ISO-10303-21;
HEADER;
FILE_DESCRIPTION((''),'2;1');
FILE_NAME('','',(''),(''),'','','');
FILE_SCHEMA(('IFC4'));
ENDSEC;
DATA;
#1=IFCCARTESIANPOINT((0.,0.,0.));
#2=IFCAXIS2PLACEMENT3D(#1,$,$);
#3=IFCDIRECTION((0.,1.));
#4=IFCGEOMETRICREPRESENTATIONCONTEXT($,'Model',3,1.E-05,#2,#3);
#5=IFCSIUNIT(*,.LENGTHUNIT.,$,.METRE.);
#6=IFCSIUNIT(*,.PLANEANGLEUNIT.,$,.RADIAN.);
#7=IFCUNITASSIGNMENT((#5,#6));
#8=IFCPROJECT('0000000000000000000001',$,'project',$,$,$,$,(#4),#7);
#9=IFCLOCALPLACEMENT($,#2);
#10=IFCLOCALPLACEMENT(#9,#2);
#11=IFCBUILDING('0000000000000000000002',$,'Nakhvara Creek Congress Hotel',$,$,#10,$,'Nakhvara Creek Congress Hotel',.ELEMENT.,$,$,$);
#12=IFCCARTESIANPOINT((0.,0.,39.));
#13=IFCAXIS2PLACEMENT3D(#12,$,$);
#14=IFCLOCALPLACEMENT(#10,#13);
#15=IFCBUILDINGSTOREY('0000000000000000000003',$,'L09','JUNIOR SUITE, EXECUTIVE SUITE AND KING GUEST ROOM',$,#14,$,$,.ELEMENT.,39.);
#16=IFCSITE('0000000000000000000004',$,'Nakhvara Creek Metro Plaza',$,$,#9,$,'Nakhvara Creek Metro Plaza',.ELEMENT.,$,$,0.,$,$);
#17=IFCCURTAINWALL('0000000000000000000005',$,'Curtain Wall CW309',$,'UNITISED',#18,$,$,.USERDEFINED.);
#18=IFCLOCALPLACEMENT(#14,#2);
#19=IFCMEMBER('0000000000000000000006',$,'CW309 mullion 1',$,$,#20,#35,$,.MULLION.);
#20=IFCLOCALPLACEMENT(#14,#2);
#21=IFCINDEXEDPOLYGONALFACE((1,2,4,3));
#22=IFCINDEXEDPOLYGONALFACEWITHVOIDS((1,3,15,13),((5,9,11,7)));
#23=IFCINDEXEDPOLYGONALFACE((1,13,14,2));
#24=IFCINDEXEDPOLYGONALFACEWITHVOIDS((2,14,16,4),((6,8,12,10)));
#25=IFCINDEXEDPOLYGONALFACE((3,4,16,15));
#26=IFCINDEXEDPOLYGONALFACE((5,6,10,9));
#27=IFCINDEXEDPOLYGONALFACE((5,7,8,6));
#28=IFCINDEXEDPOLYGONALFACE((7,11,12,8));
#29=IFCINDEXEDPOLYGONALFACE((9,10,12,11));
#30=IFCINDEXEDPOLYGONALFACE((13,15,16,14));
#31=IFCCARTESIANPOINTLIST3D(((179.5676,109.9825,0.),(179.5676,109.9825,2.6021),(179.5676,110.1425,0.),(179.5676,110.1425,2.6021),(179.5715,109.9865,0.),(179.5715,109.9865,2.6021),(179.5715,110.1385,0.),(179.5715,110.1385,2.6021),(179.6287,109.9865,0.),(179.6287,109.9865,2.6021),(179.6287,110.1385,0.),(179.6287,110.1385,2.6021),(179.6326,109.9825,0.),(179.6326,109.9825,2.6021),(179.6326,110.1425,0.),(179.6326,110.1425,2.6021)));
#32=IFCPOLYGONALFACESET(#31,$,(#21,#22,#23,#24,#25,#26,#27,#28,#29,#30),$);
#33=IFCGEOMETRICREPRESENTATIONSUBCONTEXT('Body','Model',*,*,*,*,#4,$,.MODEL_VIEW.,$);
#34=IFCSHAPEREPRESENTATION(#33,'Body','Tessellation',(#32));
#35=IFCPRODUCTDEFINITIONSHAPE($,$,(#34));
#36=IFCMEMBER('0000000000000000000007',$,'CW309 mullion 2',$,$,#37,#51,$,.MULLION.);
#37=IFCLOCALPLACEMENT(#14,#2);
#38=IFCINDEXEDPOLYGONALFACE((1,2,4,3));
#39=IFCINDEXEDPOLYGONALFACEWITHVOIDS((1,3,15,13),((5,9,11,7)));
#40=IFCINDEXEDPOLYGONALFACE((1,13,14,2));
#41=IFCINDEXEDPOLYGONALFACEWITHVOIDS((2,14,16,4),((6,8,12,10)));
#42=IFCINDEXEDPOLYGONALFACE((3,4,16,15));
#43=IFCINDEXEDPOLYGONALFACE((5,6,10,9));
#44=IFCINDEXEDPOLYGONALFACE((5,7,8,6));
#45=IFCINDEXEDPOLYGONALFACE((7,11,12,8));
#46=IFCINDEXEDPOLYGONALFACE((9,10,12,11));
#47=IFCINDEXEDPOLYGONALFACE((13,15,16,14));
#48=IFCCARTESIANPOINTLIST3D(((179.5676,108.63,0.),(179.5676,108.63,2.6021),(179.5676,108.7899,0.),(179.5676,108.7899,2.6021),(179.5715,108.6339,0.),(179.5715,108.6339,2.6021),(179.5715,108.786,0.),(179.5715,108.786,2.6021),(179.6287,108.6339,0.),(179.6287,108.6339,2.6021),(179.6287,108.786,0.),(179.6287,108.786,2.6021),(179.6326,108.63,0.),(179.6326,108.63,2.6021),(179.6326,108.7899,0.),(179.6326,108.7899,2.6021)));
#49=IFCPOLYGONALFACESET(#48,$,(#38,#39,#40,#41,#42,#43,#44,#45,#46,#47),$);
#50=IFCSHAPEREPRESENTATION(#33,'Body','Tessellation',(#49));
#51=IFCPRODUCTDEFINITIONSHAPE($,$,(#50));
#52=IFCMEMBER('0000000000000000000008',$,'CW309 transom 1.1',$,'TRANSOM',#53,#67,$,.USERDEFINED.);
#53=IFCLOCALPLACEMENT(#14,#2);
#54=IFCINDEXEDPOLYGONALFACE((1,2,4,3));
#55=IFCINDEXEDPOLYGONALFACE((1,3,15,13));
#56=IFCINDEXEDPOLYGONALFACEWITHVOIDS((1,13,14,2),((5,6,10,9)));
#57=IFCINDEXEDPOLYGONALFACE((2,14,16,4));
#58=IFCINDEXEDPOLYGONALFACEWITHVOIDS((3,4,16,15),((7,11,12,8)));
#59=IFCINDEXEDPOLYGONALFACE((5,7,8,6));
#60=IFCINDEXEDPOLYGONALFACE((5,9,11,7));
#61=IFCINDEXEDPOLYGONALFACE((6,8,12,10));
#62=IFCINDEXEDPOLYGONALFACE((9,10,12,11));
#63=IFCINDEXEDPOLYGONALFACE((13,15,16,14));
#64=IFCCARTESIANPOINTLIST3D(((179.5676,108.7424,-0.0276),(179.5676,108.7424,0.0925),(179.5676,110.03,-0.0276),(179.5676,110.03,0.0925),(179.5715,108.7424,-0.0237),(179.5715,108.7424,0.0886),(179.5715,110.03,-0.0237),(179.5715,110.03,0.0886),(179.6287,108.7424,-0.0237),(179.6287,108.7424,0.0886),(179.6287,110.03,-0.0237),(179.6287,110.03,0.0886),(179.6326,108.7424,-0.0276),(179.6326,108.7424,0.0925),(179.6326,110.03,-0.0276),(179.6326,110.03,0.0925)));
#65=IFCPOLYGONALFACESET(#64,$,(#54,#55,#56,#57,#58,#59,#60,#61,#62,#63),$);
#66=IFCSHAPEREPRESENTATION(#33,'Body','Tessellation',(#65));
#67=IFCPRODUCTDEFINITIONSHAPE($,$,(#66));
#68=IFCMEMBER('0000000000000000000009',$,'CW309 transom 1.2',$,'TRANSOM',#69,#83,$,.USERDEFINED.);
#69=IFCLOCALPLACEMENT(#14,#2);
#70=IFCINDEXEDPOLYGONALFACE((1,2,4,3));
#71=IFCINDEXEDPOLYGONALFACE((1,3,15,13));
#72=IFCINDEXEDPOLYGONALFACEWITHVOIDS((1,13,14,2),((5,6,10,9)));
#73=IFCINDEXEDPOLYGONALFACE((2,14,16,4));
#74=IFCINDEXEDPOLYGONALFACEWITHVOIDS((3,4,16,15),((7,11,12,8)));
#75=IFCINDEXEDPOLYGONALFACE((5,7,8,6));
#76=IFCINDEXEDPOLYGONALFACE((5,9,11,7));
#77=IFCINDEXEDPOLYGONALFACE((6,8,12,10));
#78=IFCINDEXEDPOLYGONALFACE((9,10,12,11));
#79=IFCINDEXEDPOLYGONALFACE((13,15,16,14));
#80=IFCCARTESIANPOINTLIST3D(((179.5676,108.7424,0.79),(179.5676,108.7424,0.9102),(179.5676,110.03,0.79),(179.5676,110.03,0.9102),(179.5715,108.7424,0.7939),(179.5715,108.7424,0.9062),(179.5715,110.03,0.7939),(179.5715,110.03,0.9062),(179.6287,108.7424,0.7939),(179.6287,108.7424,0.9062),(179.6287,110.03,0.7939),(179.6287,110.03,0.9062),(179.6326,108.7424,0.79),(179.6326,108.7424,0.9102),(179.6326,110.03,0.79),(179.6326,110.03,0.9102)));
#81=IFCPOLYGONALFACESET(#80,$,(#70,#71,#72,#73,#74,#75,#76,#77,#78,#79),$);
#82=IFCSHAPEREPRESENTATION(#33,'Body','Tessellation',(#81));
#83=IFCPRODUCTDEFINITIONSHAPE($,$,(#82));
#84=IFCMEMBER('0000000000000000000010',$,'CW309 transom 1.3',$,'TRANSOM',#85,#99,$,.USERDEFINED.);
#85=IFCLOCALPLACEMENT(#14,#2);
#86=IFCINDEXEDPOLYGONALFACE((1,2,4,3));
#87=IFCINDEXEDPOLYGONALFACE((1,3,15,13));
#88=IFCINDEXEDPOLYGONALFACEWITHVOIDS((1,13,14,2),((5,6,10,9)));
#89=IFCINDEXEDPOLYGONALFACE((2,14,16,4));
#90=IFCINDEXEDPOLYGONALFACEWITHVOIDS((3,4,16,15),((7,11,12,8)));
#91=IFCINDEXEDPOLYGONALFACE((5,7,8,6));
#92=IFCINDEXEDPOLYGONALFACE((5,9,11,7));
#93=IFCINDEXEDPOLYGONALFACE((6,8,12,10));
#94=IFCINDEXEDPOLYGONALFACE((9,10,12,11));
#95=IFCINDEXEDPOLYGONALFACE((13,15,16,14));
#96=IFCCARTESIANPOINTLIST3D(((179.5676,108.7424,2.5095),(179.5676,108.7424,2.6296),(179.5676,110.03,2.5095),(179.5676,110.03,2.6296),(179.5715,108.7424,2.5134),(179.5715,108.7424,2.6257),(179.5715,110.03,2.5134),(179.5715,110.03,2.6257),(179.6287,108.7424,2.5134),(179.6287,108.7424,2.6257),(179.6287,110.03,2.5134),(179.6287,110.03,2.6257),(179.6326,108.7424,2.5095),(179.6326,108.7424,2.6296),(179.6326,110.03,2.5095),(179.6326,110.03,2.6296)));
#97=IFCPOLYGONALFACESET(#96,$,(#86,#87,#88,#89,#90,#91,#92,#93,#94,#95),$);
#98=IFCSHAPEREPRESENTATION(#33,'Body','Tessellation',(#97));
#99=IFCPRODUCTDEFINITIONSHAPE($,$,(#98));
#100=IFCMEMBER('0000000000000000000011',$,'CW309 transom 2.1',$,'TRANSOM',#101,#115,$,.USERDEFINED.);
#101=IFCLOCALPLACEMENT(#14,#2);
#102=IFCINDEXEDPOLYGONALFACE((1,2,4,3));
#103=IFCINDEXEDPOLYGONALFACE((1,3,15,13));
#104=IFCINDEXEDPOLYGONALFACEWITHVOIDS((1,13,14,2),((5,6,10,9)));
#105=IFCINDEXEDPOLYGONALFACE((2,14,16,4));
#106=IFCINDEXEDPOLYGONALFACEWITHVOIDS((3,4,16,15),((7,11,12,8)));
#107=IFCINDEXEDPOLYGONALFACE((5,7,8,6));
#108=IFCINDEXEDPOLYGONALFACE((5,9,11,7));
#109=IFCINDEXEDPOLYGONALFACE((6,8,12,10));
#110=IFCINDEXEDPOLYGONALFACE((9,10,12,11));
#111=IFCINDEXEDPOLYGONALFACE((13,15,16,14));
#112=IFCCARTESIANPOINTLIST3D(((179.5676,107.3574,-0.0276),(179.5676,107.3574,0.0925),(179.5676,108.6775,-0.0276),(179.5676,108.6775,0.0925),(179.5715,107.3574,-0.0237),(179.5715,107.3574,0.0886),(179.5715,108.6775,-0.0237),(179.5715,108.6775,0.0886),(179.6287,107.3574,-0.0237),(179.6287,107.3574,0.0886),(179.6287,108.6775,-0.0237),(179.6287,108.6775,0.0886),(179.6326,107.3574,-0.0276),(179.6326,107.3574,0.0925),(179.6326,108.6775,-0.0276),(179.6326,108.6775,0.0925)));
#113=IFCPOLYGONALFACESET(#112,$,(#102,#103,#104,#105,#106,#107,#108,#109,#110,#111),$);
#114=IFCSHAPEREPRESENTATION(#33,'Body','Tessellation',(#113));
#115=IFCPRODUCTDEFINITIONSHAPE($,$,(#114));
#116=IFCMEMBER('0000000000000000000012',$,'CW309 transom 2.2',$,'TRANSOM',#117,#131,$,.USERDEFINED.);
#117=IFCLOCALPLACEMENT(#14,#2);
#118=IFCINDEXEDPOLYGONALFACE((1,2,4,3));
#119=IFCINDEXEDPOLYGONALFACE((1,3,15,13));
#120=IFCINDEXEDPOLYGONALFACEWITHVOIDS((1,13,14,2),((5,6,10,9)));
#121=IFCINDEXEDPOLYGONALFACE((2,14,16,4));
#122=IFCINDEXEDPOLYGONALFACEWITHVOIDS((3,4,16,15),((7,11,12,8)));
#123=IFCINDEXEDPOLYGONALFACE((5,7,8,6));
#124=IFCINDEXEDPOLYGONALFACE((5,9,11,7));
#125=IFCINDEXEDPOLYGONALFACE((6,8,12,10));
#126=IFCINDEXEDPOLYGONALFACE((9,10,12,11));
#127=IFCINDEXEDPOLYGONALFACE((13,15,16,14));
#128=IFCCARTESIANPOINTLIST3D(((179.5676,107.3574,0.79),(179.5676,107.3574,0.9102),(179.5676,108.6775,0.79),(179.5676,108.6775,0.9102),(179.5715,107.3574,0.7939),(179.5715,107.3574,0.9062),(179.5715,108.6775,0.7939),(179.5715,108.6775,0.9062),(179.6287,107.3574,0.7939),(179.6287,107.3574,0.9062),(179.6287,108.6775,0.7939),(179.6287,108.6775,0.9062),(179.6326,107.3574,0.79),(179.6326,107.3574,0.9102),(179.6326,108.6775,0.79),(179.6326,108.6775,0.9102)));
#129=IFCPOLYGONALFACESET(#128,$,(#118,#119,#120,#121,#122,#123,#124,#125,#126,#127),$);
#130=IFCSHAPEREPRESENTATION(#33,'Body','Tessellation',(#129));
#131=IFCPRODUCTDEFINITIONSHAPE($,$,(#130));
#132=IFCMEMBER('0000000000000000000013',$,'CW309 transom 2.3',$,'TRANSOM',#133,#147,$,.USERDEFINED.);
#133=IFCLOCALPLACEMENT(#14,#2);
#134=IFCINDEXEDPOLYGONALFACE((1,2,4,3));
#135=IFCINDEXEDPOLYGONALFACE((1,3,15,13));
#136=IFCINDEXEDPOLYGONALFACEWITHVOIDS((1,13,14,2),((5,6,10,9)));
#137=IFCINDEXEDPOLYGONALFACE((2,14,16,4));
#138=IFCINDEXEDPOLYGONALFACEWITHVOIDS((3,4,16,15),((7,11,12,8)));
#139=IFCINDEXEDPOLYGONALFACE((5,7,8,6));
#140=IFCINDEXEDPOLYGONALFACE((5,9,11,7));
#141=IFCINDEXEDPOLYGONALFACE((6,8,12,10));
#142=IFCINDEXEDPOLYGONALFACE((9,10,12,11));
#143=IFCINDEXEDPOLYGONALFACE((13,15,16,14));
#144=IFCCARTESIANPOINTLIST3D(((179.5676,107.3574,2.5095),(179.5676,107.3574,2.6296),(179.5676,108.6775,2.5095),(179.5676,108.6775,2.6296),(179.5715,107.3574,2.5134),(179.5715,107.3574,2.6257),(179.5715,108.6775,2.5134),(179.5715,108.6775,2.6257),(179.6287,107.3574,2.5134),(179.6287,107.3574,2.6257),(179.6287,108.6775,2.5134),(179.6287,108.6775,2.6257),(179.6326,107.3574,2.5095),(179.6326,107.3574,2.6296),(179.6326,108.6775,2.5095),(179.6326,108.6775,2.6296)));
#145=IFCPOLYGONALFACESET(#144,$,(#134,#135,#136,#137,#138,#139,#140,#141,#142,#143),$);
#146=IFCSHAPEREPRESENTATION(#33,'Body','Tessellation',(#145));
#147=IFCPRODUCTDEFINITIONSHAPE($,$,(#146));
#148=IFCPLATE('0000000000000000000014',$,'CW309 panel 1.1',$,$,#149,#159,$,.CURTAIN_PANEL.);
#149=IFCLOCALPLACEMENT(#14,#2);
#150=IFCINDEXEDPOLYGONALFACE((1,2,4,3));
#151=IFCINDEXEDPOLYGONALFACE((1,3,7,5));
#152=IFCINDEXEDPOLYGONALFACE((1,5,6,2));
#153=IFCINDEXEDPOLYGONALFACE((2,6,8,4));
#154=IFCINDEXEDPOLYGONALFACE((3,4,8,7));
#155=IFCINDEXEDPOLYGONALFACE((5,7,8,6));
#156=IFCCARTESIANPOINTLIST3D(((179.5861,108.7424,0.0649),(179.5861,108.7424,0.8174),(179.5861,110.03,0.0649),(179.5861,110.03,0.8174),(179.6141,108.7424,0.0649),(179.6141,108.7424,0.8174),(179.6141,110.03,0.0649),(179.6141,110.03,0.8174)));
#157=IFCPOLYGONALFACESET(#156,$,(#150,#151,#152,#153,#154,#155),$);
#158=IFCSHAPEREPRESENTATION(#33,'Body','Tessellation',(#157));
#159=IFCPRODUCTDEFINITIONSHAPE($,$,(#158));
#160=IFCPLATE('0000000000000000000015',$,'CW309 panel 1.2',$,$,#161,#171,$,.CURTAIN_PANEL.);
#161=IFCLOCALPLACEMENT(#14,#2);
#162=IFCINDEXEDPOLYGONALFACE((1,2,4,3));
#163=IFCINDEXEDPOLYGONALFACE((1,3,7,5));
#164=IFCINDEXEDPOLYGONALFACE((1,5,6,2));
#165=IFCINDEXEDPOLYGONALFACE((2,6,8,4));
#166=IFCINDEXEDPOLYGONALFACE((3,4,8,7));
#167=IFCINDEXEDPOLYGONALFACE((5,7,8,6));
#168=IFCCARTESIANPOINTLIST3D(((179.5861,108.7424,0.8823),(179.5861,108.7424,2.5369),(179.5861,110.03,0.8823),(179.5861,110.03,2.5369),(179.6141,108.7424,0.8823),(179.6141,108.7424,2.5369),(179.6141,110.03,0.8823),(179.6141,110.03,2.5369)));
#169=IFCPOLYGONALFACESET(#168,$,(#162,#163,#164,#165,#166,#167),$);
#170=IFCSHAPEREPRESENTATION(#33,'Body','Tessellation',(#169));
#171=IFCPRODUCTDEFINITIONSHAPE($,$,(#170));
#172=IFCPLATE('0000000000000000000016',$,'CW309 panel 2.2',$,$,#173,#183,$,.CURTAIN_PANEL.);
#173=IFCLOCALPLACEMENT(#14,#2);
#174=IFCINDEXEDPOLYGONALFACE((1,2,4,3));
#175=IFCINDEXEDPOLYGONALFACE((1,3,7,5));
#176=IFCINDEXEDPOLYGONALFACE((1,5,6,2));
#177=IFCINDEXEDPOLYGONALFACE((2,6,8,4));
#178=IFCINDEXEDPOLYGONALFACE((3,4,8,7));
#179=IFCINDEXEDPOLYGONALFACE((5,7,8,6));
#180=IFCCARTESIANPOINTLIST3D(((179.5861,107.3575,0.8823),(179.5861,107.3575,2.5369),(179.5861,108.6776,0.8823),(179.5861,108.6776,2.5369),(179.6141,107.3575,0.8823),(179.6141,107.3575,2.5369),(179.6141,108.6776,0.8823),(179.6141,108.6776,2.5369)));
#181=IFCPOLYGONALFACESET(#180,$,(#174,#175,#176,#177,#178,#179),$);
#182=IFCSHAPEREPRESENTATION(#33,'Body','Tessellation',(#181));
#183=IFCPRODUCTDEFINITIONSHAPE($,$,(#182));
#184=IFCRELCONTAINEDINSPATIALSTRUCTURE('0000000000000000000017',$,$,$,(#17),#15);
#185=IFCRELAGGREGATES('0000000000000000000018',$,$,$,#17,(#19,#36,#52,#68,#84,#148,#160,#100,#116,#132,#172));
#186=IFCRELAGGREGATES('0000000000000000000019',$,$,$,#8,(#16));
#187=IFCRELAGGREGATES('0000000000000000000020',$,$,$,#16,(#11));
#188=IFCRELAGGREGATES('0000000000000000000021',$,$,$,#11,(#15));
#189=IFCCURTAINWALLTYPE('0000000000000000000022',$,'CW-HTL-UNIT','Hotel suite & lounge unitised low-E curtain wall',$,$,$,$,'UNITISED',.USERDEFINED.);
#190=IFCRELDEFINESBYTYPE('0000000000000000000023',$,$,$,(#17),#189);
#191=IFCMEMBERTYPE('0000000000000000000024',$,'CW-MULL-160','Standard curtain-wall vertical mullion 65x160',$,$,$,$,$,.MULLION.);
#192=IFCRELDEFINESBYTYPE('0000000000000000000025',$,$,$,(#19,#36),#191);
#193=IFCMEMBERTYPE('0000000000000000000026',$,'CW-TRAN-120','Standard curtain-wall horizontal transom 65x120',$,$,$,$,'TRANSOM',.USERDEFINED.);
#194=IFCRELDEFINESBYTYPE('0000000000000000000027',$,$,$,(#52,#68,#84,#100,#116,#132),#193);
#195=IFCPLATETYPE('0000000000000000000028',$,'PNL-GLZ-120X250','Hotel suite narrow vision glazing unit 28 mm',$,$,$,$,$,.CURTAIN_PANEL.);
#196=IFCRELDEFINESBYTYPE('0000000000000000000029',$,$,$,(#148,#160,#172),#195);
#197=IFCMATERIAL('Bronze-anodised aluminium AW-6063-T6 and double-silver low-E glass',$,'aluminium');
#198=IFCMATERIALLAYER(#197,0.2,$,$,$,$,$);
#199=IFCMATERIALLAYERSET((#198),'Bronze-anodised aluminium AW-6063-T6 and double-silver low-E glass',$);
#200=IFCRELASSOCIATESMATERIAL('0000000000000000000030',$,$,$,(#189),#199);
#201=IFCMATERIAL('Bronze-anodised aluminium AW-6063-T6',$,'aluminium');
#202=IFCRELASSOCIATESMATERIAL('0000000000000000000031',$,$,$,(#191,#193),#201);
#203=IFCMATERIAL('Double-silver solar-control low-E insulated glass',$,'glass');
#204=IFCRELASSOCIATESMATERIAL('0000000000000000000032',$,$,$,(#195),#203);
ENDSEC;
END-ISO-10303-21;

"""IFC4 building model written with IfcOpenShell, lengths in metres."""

from ifc_helpers import new_model, si_unit, direction, frame, origin, origin_2d, place, context, subcontext, project, spatial, rectangle, hollow_rectangle, extrude, material, layer, layer_set, material_profile, profile_set, type_object, element, aggregate, save


model = new_model("IFC4")

# Units and contexts
model_context = context("Model", 3, precision=1e-05, world=origin(), true_north=direction((0.0, 1.0)))
body_context = subcontext(model_context, "Body", "Model", "MODEL_VIEW")
ifc_project = project(units=[si_unit("LENGTHUNIT", "METRE"), si_unit("PLANEANGLEUNIT", "RADIAN")], contexts=[model_context])

# Site, building, storey
site_placement = place(None, origin())
site = spatial("IfcSite", under=ifc_project, at=site_placement, Name="Nakhvara Creek Metro Plaza", LongName="Nakhvara Creek Metro Plaza", CompositionType="ELEMENT", RefElevation=0.0)
building_placement = place(site_placement, origin())
building = spatial("IfcBuilding", under=site, at=building_placement, Name="Nakhvara Creek Congress Hotel", LongName="Nakhvara Creek Congress Hotel", CompositionType="ELEMENT")
storey_placement = place(building_placement, frame((0.0, 0.0, 39.0)))
storey = spatial("IfcBuildingStorey", under=building, at=storey_placement, Name="L09", Description="JUNIOR SUITE, EXECUTIVE SUITE AND KING GUEST ROOM", CompositionType="ELEMENT", Elevation=39.0)

# Curtain wall, members, plates
ifc_material_1 = material(Name="Bronze-anodised aluminium AW-6063-T6 and double-silver low-E glass", Category="aluminium")
ifc_layer_1 = layer(ifc_material_1, 0.2)
ifc_layer_set_1 = layer_set([ifc_layer_1], Name="Bronze-anodised aluminium AW-6063-T6 and double-silver low-E glass")
curtain_wall_type = type_object("IfcCurtainWallType", Name="CW-HTL-UNIT", Description="Hotel suite & lounge unitised low-E curtain wall", ElementType="UNITISED", PredefinedType="USERDEFINED", material=ifc_layer_set_1)
curtain_wall_placement = place(storey_placement, origin())
curtain_wall = element("IfcCurtainWall", 1, at=curtain_wall_placement, inside=storey, type_object=curtain_wall_type, Name="Curtain Wall CW309", ObjectType="UNITISED", PredefinedType="USERDEFINED")
ifc_material_2 = material(Name="Bronze-anodised aluminium AW-6063-T6", Category="aluminium")
ifc_material_profile_1 = material_profile(ifc_material_2, hollow_rectangle(XDim=0.0649, YDim=0.1599, WallThickness=0.0039, at=origin_2d()), Name="ALU-MULL 65x160x4", Category="LoadBearing")
ifc_profile_set_1 = profile_set([ifc_material_profile_1], Name="Bronze-anodised aluminium AW-6063-T6")
member_type_1 = type_object("IfcMemberType", Name="CW-MULL-160", Description="Standard curtain-wall vertical mullion 65x160", PredefinedType="MULLION", material=ifc_profile_set_1)
member_1_placement = place(storey_placement, frame((179.6001, 110.0625, 0.0), z_axis=(0.0, 0.0, 1.0), x_axis=(1.0, 0.0, 0.0)))
member_1 = element("IfcMember", 2, at=member_1_placement, type_object=member_type_1, Name="CW309 mullion 1", PredefinedType="MULLION", context=body_context, shape_type="SweptSolid", body=[
    extrude(hollow_rectangle(XDim=0.0649, YDim=0.1599, WallThickness=0.0039, at=origin_2d()), origin(), (0.0, 0.0, 1.0), 2.6021),
])
member_2_placement = place(storey_placement, frame((179.6001, 108.71, 0.0), z_axis=(0.0, 0.0, 1.0), x_axis=(1.0, 0.0, 0.0)))
member_2 = element("IfcMember", 3, at=member_2_placement, type_object=member_type_1, Name="CW309 mullion 2", PredefinedType="MULLION", context=body_context, shape_type="SweptSolid", body=[
    extrude(hollow_rectangle(XDim=0.0649, YDim=0.1599, WallThickness=0.0039, at=origin_2d()), origin(), (0.0, 0.0, 1.0), 2.6021),
])
ifc_material_profile_2 = material_profile(ifc_material_2, hollow_rectangle(XDim=0.0649, YDim=0.1201, WallThickness=0.0039, at=origin_2d()), Name="ALU-TRAN 65x120x4", Category="LoadBearing")
ifc_profile_set_2 = profile_set([ifc_material_profile_2], Name="Bronze-anodised aluminium AW-6063-T6")
member_type_2 = type_object("IfcMemberType", Name="CW-TRAN-120", Description="Standard curtain-wall horizontal transom 65x120", ElementType="TRANSOM", PredefinedType="USERDEFINED", material=ifc_profile_set_2)
member_3_placement = place(storey_placement, frame((179.6001, 110.03, 0.0325), z_axis=(0.0, -1.0, 0.0), x_axis=(1.0, 0.0, 0.0)))
member_3 = element("IfcMember", 4, at=member_3_placement, type_object=member_type_2, Name="CW309 transom 1.1", ObjectType="TRANSOM", PredefinedType="USERDEFINED", context=body_context, shape_type="SweptSolid", body=[
    extrude(hollow_rectangle(XDim=0.0649, YDim=0.1201, WallThickness=0.0039, at=origin_2d()), origin(), (0.0, 0.0, 1.0), 1.2876),
])
member_4_placement = place(storey_placement, frame((179.6001, 110.03, 0.8501), z_axis=(0.0, -1.0, 0.0), x_axis=(1.0, 0.0, 0.0)))
member_4 = element("IfcMember", 5, at=member_4_placement, type_object=member_type_2, Name="CW309 transom 1.2", ObjectType="TRANSOM", PredefinedType="USERDEFINED", context=body_context, shape_type="SweptSolid", body=[
    extrude(hollow_rectangle(XDim=0.0649, YDim=0.1201, WallThickness=0.0039, at=origin_2d()), origin(), (0.0, 0.0, 1.0), 1.2876),
])
member_5_placement = place(storey_placement, frame((179.6001, 110.03, 2.5696), z_axis=(0.0, -1.0, 0.0), x_axis=(1.0, 0.0, 0.0)))
member_5 = element("IfcMember", 6, at=member_5_placement, type_object=member_type_2, Name="CW309 transom 1.3", ObjectType="TRANSOM", PredefinedType="USERDEFINED", context=body_context, shape_type="SweptSolid", body=[
    extrude(hollow_rectangle(XDim=0.0649, YDim=0.1201, WallThickness=0.0039, at=origin_2d()), origin(), (0.0, 0.0, 1.0), 1.2876),
])
member_6_placement = place(storey_placement, frame((179.6001, 108.6775, 0.0325), z_axis=(0.0, -1.0, 0.0), x_axis=(1.0, 0.0, 0.0)))
member_6 = element("IfcMember", 7, at=member_6_placement, type_object=member_type_2, Name="CW309 transom 2.1", ObjectType="TRANSOM", PredefinedType="USERDEFINED", context=body_context, shape_type="SweptSolid", body=[
    extrude(hollow_rectangle(XDim=0.0649, YDim=0.1201, WallThickness=0.0039, at=origin_2d()), origin(), (0.0, 0.0, 1.0), 1.3201),
])
member_7_placement = place(storey_placement, frame((179.6001, 108.6775, 0.8501), z_axis=(0.0, -1.0, 0.0), x_axis=(1.0, 0.0, 0.0)))
member_7 = element("IfcMember", 8, at=member_7_placement, type_object=member_type_2, Name="CW309 transom 2.2", ObjectType="TRANSOM", PredefinedType="USERDEFINED", context=body_context, shape_type="SweptSolid", body=[
    extrude(hollow_rectangle(XDim=0.0649, YDim=0.1201, WallThickness=0.0039, at=origin_2d()), origin(), (0.0, 0.0, 1.0), 1.3201),
])
member_8_placement = place(storey_placement, frame((179.6001, 108.6775, 2.5696), z_axis=(0.0, -1.0, 0.0), x_axis=(1.0, 0.0, 0.0)))
member_8 = element("IfcMember", 9, at=member_8_placement, type_object=member_type_2, Name="CW309 transom 2.3", ObjectType="TRANSOM", PredefinedType="USERDEFINED", context=body_context, shape_type="SweptSolid", body=[
    extrude(hollow_rectangle(XDim=0.0649, YDim=0.1201, WallThickness=0.0039, at=origin_2d()), origin(), (0.0, 0.0, 1.0), 1.3201),
])
ifc_material_3 = material(Name="Double-silver solar-control low-E insulated glass", Category="glass")
plate_type = type_object("IfcPlateType", Name="PNL-GLZ-120X250", Description="Hotel suite narrow vision glazing unit 28 mm", PredefinedType="CURTAIN_PANEL", material=ifc_material_3)
plate_1_placement = place(storey_placement, frame((179.6001, 109.3862, 0.0649), z_axis=(0.0, 0.0, 1.0), x_axis=(0.0, -1.0, 0.0)))
plate_1 = element("IfcPlate", 10, at=plate_1_placement, type_object=plate_type, Name="CW309 panel 1.1", PredefinedType="CURTAIN_PANEL", context=body_context, shape_type="SweptSolid", body=[
    extrude(rectangle(XDim=1.2876, YDim=0.0281, at=origin_2d()), origin(), (0.0, 0.0, 1.0), 0.7524),
])
plate_2_placement = place(storey_placement, frame((179.6001, 109.3862, 0.8823), z_axis=(0.0, 0.0, 1.0), x_axis=(0.0, -1.0, 0.0)))
plate_2 = element("IfcPlate", 11, at=plate_2_placement, type_object=plate_type, Name="CW309 panel 1.2", PredefinedType="CURTAIN_PANEL", context=body_context, shape_type="SweptSolid", body=[
    extrude(rectangle(XDim=1.2876, YDim=0.0281, at=origin_2d()), origin(), (0.0, 0.0, 1.0), 1.6545),
])
plate_3_placement = place(storey_placement, frame((179.6001, 108.0176, 0.8823), z_axis=(0.0, 0.0, 1.0), x_axis=(0.0, -1.0, 0.0)))
plate_3 = element("IfcPlate", 12, at=plate_3_placement, type_object=plate_type, Name="CW309 panel 2.2", PredefinedType="CURTAIN_PANEL", context=body_context, shape_type="SweptSolid", body=[
    extrude(rectangle(XDim=1.3201, YDim=0.0281, at=origin_2d()), origin(), (0.0, 0.0, 1.0), 1.6545),
])
aggregate(curtain_wall, [member_1, member_2, member_3, member_4, member_5, plate_1, plate_2, member_6, member_7, member_8, plate_3])

save(model, "model.ifc")
